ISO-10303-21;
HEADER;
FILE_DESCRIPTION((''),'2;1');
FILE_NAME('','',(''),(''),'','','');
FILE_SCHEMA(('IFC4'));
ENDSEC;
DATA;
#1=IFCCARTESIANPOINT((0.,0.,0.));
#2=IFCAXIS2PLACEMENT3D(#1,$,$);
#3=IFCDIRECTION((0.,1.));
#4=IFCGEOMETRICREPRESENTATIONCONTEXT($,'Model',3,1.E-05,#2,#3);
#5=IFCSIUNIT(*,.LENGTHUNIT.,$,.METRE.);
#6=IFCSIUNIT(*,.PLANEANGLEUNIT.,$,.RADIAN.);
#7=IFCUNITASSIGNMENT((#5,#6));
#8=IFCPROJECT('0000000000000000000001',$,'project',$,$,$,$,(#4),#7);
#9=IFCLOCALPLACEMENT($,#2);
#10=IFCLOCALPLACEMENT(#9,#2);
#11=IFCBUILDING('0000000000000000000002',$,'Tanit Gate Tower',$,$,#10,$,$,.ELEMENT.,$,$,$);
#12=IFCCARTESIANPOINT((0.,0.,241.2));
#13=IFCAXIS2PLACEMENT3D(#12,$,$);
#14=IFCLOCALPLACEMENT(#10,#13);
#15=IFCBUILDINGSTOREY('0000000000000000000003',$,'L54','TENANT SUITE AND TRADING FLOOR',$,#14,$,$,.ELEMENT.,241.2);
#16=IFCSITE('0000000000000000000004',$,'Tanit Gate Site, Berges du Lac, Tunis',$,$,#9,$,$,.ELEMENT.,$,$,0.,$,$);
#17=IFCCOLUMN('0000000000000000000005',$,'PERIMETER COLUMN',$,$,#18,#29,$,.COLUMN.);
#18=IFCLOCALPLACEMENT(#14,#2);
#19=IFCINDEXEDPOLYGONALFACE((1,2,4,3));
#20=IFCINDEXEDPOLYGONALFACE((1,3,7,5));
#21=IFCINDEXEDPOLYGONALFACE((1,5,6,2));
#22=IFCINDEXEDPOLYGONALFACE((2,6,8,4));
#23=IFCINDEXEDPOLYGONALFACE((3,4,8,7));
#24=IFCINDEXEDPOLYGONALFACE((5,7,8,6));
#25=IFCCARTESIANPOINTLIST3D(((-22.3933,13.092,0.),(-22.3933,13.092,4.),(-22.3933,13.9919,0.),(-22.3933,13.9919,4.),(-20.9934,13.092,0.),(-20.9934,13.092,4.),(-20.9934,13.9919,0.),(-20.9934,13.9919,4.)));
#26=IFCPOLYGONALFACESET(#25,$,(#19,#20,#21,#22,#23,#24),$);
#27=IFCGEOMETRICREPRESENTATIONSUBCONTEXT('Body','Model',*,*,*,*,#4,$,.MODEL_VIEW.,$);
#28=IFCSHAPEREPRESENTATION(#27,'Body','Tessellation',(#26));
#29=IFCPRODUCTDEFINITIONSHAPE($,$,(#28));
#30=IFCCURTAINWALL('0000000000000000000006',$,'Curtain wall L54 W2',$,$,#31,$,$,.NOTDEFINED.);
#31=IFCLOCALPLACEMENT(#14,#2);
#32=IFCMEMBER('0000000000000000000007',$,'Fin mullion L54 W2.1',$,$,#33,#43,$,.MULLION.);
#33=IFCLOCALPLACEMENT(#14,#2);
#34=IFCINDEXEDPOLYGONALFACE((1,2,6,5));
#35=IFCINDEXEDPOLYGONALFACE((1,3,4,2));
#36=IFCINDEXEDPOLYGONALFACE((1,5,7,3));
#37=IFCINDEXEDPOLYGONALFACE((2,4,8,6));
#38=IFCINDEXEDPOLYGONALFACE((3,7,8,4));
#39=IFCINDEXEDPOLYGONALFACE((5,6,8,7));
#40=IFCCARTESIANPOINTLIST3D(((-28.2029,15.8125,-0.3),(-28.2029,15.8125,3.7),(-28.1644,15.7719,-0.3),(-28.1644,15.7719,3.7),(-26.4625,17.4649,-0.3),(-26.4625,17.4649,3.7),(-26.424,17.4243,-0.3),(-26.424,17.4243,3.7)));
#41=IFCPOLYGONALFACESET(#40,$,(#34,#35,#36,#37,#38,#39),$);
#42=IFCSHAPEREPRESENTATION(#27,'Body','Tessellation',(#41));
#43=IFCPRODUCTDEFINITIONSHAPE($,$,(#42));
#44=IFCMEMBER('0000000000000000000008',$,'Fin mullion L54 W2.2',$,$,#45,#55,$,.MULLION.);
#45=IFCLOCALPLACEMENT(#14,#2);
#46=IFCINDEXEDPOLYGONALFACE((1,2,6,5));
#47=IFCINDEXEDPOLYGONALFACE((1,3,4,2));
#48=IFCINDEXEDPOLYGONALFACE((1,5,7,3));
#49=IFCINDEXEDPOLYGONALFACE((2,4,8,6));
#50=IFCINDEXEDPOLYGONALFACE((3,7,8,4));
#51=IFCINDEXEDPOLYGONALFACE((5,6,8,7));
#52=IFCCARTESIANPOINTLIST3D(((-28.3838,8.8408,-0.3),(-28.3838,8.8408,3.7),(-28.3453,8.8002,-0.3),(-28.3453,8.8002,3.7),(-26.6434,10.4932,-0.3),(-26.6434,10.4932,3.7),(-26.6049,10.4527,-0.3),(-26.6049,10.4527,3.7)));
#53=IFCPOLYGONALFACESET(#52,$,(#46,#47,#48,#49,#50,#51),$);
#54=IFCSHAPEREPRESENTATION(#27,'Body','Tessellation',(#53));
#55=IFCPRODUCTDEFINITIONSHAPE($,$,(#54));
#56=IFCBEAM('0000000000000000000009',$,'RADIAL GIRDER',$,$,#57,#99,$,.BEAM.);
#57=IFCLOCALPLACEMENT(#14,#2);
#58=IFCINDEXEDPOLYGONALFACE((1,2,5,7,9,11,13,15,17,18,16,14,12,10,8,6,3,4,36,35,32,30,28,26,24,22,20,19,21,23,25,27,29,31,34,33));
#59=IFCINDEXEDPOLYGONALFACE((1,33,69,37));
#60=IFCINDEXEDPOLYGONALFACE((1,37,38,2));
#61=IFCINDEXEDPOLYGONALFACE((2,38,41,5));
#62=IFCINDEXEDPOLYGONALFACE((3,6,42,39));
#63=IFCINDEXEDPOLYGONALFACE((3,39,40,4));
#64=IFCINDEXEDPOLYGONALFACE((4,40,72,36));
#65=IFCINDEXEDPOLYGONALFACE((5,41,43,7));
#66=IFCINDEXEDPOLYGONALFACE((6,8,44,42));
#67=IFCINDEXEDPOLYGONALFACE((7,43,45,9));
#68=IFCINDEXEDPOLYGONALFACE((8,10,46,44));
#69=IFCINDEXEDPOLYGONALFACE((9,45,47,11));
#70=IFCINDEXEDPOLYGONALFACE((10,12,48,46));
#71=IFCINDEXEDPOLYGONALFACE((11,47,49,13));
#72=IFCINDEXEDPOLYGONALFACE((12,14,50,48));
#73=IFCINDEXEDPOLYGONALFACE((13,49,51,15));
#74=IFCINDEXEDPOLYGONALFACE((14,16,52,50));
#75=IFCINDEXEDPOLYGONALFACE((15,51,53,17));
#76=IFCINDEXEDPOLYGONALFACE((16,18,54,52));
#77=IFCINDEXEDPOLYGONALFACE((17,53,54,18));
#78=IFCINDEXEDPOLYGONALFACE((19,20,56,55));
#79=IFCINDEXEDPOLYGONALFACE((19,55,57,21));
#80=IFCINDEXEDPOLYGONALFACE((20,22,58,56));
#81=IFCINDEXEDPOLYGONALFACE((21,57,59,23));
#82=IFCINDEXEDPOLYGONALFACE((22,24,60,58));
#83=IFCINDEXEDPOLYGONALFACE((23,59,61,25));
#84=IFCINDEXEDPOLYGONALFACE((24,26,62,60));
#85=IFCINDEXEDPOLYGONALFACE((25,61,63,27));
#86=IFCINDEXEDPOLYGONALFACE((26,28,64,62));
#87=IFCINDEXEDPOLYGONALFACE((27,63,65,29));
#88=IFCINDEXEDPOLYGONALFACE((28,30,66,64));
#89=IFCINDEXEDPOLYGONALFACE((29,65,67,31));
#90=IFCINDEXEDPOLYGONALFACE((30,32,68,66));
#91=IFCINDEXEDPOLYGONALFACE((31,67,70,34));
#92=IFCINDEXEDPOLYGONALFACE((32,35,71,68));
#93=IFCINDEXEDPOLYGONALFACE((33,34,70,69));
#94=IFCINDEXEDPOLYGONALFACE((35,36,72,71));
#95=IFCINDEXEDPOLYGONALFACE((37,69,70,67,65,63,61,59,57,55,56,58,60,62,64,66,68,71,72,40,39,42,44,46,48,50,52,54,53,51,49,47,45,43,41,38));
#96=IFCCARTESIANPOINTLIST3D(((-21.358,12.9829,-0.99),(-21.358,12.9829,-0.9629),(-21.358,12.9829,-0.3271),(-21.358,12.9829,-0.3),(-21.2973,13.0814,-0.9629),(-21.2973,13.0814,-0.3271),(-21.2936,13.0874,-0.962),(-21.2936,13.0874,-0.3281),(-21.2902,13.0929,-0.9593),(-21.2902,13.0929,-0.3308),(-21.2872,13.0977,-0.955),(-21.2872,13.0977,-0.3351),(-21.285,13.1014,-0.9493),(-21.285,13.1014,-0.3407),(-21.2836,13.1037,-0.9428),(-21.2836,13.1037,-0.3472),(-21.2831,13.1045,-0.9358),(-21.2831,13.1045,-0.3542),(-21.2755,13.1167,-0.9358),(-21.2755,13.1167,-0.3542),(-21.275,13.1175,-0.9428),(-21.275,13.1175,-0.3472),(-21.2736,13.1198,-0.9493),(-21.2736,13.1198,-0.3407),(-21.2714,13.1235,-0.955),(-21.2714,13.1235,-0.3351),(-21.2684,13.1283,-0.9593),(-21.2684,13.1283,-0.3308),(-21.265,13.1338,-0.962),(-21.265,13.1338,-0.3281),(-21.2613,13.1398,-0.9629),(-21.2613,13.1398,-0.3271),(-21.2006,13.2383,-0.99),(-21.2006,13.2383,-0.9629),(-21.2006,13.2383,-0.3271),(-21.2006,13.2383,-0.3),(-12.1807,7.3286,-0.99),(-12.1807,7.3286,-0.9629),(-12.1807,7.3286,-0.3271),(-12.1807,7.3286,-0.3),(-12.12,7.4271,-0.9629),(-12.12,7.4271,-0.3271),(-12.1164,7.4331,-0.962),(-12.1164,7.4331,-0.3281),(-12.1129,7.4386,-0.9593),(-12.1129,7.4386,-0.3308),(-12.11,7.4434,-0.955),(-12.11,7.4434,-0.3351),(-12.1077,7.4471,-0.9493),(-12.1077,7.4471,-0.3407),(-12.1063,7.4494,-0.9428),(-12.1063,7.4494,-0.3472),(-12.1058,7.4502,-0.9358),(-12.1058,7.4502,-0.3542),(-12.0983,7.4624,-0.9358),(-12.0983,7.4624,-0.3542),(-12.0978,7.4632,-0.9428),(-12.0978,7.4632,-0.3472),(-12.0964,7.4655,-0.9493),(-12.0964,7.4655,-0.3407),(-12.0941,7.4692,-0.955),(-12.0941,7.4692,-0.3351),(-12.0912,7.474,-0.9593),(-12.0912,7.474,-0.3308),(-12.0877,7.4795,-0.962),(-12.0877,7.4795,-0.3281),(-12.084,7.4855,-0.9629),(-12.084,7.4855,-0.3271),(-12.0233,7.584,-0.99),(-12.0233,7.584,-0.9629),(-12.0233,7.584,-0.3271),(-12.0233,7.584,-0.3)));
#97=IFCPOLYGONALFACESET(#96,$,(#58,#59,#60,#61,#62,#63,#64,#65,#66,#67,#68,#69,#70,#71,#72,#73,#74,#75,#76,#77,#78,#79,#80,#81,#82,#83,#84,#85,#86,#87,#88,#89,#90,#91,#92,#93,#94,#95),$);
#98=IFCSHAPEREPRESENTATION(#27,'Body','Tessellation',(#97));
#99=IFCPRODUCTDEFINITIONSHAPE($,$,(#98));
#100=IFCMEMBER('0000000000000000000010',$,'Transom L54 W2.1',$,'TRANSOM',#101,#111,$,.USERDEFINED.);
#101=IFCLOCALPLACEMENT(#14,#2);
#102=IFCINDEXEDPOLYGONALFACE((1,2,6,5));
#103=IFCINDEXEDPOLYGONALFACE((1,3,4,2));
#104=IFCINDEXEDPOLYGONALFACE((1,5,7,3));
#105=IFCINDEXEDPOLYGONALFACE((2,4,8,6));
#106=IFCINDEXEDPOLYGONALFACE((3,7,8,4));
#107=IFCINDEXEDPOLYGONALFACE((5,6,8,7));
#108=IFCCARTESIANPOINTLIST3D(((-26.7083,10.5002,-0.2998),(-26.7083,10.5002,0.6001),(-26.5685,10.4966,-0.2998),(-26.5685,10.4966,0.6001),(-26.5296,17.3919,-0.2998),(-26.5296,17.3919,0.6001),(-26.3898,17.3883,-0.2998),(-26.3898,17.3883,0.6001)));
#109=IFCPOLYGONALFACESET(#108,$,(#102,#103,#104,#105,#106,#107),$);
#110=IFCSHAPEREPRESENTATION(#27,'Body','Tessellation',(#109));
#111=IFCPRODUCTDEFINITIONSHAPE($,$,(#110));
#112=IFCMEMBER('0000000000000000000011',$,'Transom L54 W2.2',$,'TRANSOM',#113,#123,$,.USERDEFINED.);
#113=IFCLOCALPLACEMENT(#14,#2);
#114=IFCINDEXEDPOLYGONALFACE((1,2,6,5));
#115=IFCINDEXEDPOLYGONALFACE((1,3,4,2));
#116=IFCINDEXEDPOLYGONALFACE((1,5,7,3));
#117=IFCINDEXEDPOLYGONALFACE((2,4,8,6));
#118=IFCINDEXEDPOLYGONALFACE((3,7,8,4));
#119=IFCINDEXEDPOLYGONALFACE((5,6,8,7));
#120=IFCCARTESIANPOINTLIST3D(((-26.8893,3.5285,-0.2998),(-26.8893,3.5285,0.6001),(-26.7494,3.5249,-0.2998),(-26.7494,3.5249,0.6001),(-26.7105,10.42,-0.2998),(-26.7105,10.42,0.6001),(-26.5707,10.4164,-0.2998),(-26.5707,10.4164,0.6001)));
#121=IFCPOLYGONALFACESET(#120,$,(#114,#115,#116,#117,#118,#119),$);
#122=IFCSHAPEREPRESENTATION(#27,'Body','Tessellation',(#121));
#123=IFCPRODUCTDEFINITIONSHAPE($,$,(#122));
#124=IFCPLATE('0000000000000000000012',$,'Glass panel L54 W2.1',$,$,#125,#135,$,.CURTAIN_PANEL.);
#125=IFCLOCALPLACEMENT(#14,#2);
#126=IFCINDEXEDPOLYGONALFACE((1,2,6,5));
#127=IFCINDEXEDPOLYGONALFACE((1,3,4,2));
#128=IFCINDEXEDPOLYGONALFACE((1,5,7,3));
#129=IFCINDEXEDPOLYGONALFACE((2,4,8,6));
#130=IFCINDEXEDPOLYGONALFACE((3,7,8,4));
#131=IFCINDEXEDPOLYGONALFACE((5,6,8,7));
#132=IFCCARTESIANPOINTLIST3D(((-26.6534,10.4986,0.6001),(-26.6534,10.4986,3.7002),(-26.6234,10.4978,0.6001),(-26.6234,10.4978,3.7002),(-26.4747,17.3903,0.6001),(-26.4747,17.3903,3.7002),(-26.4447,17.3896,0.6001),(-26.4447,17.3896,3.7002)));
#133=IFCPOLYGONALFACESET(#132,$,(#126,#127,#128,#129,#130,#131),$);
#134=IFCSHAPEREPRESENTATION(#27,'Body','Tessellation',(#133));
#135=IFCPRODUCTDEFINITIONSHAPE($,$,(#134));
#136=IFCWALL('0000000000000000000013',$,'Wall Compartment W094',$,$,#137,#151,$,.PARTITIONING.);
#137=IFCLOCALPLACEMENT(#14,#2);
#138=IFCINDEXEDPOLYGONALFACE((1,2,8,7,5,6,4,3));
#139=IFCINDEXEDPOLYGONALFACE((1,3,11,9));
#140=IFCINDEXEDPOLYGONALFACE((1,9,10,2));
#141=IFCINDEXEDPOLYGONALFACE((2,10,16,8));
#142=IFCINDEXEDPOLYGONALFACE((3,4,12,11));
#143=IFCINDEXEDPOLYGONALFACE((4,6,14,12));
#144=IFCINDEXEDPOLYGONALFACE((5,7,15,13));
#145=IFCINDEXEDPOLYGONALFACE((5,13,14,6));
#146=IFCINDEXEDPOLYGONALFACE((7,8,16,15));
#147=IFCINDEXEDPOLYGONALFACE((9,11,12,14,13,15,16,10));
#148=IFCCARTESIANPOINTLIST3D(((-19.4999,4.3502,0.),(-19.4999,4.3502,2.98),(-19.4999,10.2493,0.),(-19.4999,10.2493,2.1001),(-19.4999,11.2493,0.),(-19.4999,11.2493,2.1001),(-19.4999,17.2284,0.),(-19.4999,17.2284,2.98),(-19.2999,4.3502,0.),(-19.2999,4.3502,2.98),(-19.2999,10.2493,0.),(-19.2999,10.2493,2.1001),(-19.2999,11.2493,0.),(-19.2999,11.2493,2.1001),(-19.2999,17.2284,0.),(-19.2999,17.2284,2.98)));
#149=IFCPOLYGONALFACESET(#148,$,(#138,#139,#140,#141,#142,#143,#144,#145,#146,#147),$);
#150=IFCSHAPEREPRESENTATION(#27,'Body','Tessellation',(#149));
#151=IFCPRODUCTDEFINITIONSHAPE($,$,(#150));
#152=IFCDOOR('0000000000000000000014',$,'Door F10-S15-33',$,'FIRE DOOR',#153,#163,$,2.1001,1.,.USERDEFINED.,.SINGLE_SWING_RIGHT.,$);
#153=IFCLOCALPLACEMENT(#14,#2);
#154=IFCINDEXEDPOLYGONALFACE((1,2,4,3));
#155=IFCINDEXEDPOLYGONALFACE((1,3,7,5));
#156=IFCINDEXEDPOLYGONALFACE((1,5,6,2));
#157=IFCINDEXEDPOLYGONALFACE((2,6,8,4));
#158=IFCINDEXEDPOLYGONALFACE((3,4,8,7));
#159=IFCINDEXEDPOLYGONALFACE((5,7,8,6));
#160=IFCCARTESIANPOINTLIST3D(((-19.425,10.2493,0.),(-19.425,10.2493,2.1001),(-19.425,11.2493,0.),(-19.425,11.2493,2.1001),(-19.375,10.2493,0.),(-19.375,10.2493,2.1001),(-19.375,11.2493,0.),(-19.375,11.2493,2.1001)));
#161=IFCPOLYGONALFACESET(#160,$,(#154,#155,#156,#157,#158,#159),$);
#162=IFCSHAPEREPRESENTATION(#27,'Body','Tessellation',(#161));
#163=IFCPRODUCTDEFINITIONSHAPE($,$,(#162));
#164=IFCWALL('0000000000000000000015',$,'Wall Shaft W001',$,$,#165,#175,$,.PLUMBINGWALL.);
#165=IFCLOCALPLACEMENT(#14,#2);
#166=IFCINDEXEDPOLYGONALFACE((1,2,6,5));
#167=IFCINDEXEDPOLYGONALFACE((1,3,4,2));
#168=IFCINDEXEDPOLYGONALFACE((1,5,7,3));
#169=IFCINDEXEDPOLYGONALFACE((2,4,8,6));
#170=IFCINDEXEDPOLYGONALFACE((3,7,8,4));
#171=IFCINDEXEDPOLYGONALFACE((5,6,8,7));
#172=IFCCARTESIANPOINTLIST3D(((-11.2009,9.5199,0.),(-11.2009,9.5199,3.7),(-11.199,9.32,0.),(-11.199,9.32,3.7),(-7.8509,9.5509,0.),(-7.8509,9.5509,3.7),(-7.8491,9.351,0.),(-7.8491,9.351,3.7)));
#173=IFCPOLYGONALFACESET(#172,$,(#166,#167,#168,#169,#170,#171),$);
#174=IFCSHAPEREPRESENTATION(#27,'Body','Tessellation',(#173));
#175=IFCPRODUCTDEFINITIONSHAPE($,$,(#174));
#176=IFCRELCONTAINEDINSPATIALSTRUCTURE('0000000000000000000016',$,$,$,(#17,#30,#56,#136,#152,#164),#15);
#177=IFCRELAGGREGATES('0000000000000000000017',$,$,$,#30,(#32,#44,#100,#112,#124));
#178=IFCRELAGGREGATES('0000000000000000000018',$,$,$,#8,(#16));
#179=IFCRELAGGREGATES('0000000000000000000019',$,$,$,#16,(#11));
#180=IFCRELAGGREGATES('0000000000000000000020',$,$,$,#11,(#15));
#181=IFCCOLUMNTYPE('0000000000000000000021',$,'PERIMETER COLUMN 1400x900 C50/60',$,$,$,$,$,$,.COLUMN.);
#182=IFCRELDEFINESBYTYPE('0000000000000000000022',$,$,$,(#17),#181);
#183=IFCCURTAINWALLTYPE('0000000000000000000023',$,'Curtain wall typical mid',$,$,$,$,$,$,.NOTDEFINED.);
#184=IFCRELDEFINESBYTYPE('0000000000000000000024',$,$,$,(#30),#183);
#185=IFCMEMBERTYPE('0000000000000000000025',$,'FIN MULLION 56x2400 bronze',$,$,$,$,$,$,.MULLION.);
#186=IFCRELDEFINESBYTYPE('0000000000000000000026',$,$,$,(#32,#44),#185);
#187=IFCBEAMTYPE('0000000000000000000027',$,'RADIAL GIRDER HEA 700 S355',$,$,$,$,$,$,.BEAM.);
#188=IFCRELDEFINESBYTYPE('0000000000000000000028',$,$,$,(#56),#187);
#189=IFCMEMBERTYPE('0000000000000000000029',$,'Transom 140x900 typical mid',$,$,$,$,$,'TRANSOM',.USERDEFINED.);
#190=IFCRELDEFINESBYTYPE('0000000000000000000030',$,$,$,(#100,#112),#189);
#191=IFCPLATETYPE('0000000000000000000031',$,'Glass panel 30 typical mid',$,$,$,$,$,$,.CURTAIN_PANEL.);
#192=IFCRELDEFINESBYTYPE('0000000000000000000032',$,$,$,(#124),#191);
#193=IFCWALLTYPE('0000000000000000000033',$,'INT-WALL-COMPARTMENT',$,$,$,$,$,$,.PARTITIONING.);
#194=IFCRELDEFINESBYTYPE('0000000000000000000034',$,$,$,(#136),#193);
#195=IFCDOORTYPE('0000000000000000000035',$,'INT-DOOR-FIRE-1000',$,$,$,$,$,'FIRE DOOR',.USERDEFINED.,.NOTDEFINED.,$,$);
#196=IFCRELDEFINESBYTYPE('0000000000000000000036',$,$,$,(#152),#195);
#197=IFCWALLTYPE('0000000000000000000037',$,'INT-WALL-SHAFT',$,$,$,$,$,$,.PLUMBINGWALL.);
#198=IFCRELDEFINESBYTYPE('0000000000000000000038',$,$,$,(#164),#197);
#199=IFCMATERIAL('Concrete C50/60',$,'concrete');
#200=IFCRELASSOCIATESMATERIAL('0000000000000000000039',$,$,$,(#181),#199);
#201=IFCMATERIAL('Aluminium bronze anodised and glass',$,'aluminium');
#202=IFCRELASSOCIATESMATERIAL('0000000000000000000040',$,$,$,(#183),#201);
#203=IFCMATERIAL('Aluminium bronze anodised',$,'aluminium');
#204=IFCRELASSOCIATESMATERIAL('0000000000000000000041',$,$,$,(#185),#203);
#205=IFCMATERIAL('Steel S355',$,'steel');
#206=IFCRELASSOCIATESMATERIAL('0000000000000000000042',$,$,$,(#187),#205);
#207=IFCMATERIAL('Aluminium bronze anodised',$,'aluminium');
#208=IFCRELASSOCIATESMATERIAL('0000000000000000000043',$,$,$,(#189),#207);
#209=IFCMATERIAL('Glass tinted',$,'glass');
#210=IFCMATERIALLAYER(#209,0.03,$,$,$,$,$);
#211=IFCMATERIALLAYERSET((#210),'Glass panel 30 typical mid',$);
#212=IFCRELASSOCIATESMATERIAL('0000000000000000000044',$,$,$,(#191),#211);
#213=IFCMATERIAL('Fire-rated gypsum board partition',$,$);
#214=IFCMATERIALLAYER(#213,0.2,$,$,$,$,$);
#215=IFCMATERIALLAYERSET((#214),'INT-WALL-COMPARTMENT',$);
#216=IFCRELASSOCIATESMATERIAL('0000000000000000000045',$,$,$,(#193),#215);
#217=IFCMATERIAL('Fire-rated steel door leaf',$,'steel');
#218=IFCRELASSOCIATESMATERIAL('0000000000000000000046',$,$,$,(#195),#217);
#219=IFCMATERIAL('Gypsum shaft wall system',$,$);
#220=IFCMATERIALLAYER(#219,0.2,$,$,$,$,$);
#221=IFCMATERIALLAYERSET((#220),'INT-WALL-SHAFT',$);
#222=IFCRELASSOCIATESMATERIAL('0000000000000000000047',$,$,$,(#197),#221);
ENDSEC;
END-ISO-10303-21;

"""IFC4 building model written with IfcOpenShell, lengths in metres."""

from ifc_helpers import new_model, si_unit, direction, frame, frame_2d, origin, origin_2d, place, context, subcontext, project, spatial, rectangle, i_section, extrude, material, layer, layer_set, material_profile, profile_set, type_object, element, fill, aggregate, save


model = new_model("IFC4")

# Units and contexts
model_context = context("Model", 3, precision=1e-05, world=origin(), true_north=direction((0.0, 1.0)))
body_context = subcontext(model_context, "Body", "Model", "MODEL_VIEW")
ifc_project = project(units=[si_unit("LENGTHUNIT", "METRE"), si_unit("PLANEANGLEUNIT", "RADIAN")], contexts=[model_context])

# Site, building, storey
site_placement = place(None, origin())
site = spatial("IfcSite", under=ifc_project, at=site_placement, Name="Tanit Gate Site, Berges du Lac, Tunis", CompositionType="ELEMENT", RefElevation=0.0)
building_placement = place(site_placement, origin())
building = spatial("IfcBuilding", under=site, at=building_placement, Name="Tanit Gate Tower", CompositionType="ELEMENT")
storey_placement = place(building_placement, frame((0.0, 0.0, 241.2)))
storey = spatial("IfcBuildingStorey", under=building, at=storey_placement, Name="L54", Description="TENANT SUITE AND TRADING FLOOR", CompositionType="ELEMENT", Elevation=241.2)

# Column
ifc_material_1 = material(Name="Concrete C50/60", Category="concrete")
ifc_material_profile_1 = material_profile(ifc_material_1, rectangle(XDim=1.3999, YDim=0.8999, at=origin_2d()), Name="RC 1400x900")
ifc_profile_set_1 = profile_set([ifc_material_profile_1], Name="Concrete C50/60")
column_type = type_object("IfcColumnType", Name="PERIMETER COLUMN 1400x900 C50/60", PredefinedType="COLUMN", material=ifc_profile_set_1)
column_placement = place(storey_placement, frame((-21.6934, 13.542, 0.0), z_axis=(0.0, 0.0, 1.0), x_axis=(-1.0, 0.0, 0.0)))
element("IfcColumn", 1, at=column_placement, inside=storey, type_object=column_type, Name="PERIMETER COLUMN", PredefinedType="COLUMN", context=body_context, shape_type="SweptSolid", body=[
    extrude(rectangle(XDim=1.3999, YDim=0.8999, at=origin_2d()), origin(), (0.0, 0.0, 1.0), 4.0),
])

# Curtain wall, members
ifc_material_2 = material(Name="Aluminium bronze anodised and glass", Category="aluminium")
curtain_wall_type = type_object("IfcCurtainWallType", Name="Curtain wall typical mid", PredefinedType="NOTDEFINED", material=ifc_material_2)
curtain_wall_placement = place(storey_placement, origin())
curtain_wall = element("IfcCurtainWall", 2, at=curtain_wall_placement, inside=storey, type_object=curtain_wall_type, Name="Curtain wall L54 W2", PredefinedType="NOTDEFINED")
ifc_material_3 = material(Name="Aluminium bronze anodised", Category="aluminium")
ifc_material_profile_2 = material_profile(ifc_material_3, rectangle(XDim=2.3999, YDim=0.0559, at=origin_2d()), Name="56x2400 bronze fin mullion")
ifc_profile_set_2 = profile_set([ifc_material_profile_2], Name="Aluminium bronze anodised")
member_type_1 = type_object("IfcMemberType", Name="FIN MULLION 56x2400 bronze", PredefinedType="MULLION", material=ifc_profile_set_2)
member_1_placement = place(storey_placement, frame((-27.3135, 16.6184, -0.3), z_axis=(0.0, 0.0, 1.0), x_axis=(0.7252, 0.688538, 0.0)))
member_1 = element("IfcMember", 3, at=member_1_placement, type_object=member_type_1, Name="Fin mullion L54 W2.1", PredefinedType="MULLION", context=body_context, shape_type="SweptSolid", body=[
    extrude(rectangle(XDim=2.3999, YDim=0.0559, at=origin_2d()), origin(), (0.0, 0.0, 1.0), 4.0),
])
member_2_placement = place(storey_placement, frame((-27.4944, 9.6467, -0.3), z_axis=(0.0, 0.0, 1.0), x_axis=(0.7252, 0.688538, 0.0)))
member_2 = element("IfcMember", 4, at=member_2_placement, type_object=member_type_1, Name="Fin mullion L54 W2.2", PredefinedType="MULLION", context=body_context, shape_type="SweptSolid", body=[
    extrude(rectangle(XDim=2.3999, YDim=0.0559, at=origin_2d()), origin(), (0.0, 0.0, 1.0), 4.0),
])

# Beam
ifc_material_4 = material(Name="Steel S355", Category="steel")
ifc_material_profile_3 = material_profile(ifc_material_4, i_section(OverallWidth=0.3, OverallDepth=0.6899, WebThickness=0.0144, FlangeThickness=0.0271, FilletRadius=0.0271, at=origin_2d()), Name="HEA 700")
ifc_profile_set_3 = profile_set([ifc_material_profile_3], Name="Steel S355")
beam_type = type_object("IfcBeamType", Name="RADIAL GIRDER HEA 700 S355", PredefinedType="BEAM", material=ifc_profile_set_3)
beam_placement = place(storey_placement, frame((-21.2793, 13.1106, -0.645), z_axis=(0.851378, -0.524552, 0.0), x_axis=(0.524552, 0.851378, 0.0)))
element("IfcBeam", 5, at=beam_placement, inside=storey, type_object=beam_type, Name="RADIAL GIRDER", PredefinedType="BEAM", context=body_context, shape_type="SweptSolid", body=[
    extrude(i_section(OverallWidth=0.3, OverallDepth=0.6899, WebThickness=0.0144, FlangeThickness=0.0271, FilletRadius=0.0271, at=origin_2d()), origin(), (0.0, 0.0, 1.0), 10.7793),
])

# Members
ifc_material_5 = material(Name="Aluminium bronze anodised", Category="aluminium")
ifc_material_profile_4 = material_profile(ifc_material_5, rectangle(XDim=0.1399, YDim=0.8999, at=origin_2d()), Name="140x900 bronze transom")
ifc_profile_set_4 = profile_set([ifc_material_profile_4], Name="Aluminium bronze anodised")
member_type_2 = type_object("IfcMemberType", Name="Transom 140x900 typical mid", ElementType="TRANSOM", PredefinedType="USERDEFINED", material=ifc_profile_set_4)
member_3_placement = place(storey_placement, frame((-26.4597, 17.3901, 0.1501), z_axis=(-0.025922, -0.999664, 0.0), x_axis=(0.999664, -0.025922, 0.0)))
member_3 = element("IfcMember", 6, at=member_3_placement, type_object=member_type_2, Name="Transom L54 W2.1", ObjectType="TRANSOM", PredefinedType="USERDEFINED", context=body_context, shape_type="SweptSolid", body=[
    extrude(rectangle(XDim=0.1399, YDim=0.8999, at=origin_2d()), origin(), (0.0, 0.0, 1.0), 6.894),
])
member_4_placement = place(storey_placement, frame((-26.6406, 10.4182, 0.1501), z_axis=(-0.025923, -0.999664, 0.0), x_axis=(0.999664, -0.025923, 0.0)))
member_4 = element("IfcMember", 7, at=member_4_placement, type_object=member_type_2, Name="Transom L54 W2.2", ObjectType="TRANSOM", PredefinedType="USERDEFINED", context=body_context, shape_type="SweptSolid", body=[
    extrude(rectangle(XDim=0.1399, YDim=0.8999, at=origin_2d()), origin(), (0.0, 0.0, 1.0), 6.8938),
])

# Plate
ifc_material_6 = material(Name="Glass tinted", Category="glass")
ifc_layer_1 = layer(ifc_material_6, 0.03)
ifc_layer_set_1 = layer_set([ifc_layer_1], Name="Glass panel 30 typical mid")
plate_type = type_object("IfcPlateType", Name="Glass panel 30 typical mid", PredefinedType="CURTAIN_PANEL", material=ifc_layer_set_1)
plate_placement = place(storey_placement, frame((-26.5491, 13.9441, 0.6001), z_axis=(0.0, 0.0, 1.0), x_axis=(-0.025924, -0.999664, 0.0)))
plate = element("IfcPlate", 8, at=plate_placement, type_object=plate_type, Name="Glass panel L54 W2.1", PredefinedType="CURTAIN_PANEL", context=body_context, shape_type="SweptSolid", body=[
    extrude(rectangle(XDim=6.894, YDim=0.03, at=origin_2d()), origin(), (0.0, 0.0, 1.0), 3.1001),
])
aggregate(curtain_wall, [member_1, member_2, member_3, member_4, plate])

# Wall, opening, door
ifc_material_7 = material(Name="Fire-rated gypsum board partition")
ifc_layer_2 = layer(ifc_material_7, 0.2)
ifc_layer_set_2 = layer_set([ifc_layer_2], Name="INT-WALL-COMPARTMENT")
wall_type_1 = type_object("IfcWallType", Name="INT-WALL-COMPARTMENT", PredefinedType="PARTITIONING", material=ifc_layer_set_2)
wall_1_placement = place(storey_placement, frame((-19.3999, 17.2283, 0.0), z_axis=(0.0, 0.0, 1.0), x_axis=(0.0, -1.0, 0.0)))
wall_1 = element("IfcWall", 9, at=wall_1_placement, inside=storey, type_object=wall_type_1, Name="Wall Compartment W094", PredefinedType="PARTITIONING", context=body_context, shape_type="SweptSolid", body=[
    extrude(rectangle(XDim=12.8782, YDim=0.2, at=frame_2d((6.439, 0.0))), origin(), (0.0, 0.0, 1.0), 2.98),
])
opening_1_placement = place(wall_1_placement, frame((5.979, 0.0, 0.0)))
opening_1 = element("IfcOpeningElement", 10, at=opening_1_placement, cuts=wall_1, PredefinedType="OPENING", context=body_context, shape_type="SweptSolid", body=[
    extrude(rectangle(XDim=1.0, YDim=2.1001, at=frame_2d((0.5, 1.05))), frame((0.0, 0.1099, 0.0), z_axis=(0.0, -1.0, 0.0), x_axis=(1.0, 0.0, 0.0)), (0.0, 0.0, 1.0), 0.22),
])
ifc_material_8 = material(Name="Fire-rated steel door leaf", Category="steel")
door_type_1 = type_object("IfcDoorType", Name="INT-DOOR-FIRE-1000", ElementType="FIRE DOOR", OperationType="NOTDEFINED", PredefinedType="USERDEFINED", material=ifc_material_8)
door_1_placement = place(opening_1_placement, origin())
door_1 = element("IfcDoor", 11, at=door_1_placement, inside=storey, type_object=door_type_1, Name="Door F10-S15-33", ObjectType="FIRE DOOR", OperationType="SINGLE_SWING_RIGHT", OverallHeight=2.1001, OverallWidth=1.0, PredefinedType="USERDEFINED", context=body_context, shape_type="SweptSolid", body=[
    extrude(rectangle(XDim=1.0, YDim=2.1001, at=frame_2d((0.5, 1.05))), frame((0.0, 0.0249, 0.0), z_axis=(0.0, -1.0, 0.0), x_axis=(1.0, 0.0, 0.0)), (0.0, 0.0, 1.0), 0.05),
])
fill(opening_1, door_1)

# Wall
ifc_material_9 = material(Name="Gypsum shaft wall system")
ifc_layer_3 = layer(ifc_material_9, 0.2)
ifc_layer_set_3 = layer_set([ifc_layer_3], Name="INT-WALL-SHAFT")
wall_type_2 = type_object("IfcWallType", Name="INT-WALL-SHAFT", PredefinedType="PLUMBINGWALL", material=ifc_layer_set_3)
wall_2_placement = place(storey_placement, frame((-11.2, 9.4199, 0.0), z_axis=(0.0, 0.0, 1.0), x_axis=(0.999957, 0.009255, 0.0)))
element("IfcWall", 12, at=wall_2_placement, inside=storey, type_object=wall_type_2, Name="Wall Shaft W001", PredefinedType="PLUMBINGWALL", context=body_context, shape_type="SweptSolid", body=[
    extrude(rectangle(XDim=3.3501, YDim=0.2, at=frame_2d((1.675, 0.0))), origin(), (0.0, 0.0, 1.0), 3.7),
])

save(model, "model.ifc")
